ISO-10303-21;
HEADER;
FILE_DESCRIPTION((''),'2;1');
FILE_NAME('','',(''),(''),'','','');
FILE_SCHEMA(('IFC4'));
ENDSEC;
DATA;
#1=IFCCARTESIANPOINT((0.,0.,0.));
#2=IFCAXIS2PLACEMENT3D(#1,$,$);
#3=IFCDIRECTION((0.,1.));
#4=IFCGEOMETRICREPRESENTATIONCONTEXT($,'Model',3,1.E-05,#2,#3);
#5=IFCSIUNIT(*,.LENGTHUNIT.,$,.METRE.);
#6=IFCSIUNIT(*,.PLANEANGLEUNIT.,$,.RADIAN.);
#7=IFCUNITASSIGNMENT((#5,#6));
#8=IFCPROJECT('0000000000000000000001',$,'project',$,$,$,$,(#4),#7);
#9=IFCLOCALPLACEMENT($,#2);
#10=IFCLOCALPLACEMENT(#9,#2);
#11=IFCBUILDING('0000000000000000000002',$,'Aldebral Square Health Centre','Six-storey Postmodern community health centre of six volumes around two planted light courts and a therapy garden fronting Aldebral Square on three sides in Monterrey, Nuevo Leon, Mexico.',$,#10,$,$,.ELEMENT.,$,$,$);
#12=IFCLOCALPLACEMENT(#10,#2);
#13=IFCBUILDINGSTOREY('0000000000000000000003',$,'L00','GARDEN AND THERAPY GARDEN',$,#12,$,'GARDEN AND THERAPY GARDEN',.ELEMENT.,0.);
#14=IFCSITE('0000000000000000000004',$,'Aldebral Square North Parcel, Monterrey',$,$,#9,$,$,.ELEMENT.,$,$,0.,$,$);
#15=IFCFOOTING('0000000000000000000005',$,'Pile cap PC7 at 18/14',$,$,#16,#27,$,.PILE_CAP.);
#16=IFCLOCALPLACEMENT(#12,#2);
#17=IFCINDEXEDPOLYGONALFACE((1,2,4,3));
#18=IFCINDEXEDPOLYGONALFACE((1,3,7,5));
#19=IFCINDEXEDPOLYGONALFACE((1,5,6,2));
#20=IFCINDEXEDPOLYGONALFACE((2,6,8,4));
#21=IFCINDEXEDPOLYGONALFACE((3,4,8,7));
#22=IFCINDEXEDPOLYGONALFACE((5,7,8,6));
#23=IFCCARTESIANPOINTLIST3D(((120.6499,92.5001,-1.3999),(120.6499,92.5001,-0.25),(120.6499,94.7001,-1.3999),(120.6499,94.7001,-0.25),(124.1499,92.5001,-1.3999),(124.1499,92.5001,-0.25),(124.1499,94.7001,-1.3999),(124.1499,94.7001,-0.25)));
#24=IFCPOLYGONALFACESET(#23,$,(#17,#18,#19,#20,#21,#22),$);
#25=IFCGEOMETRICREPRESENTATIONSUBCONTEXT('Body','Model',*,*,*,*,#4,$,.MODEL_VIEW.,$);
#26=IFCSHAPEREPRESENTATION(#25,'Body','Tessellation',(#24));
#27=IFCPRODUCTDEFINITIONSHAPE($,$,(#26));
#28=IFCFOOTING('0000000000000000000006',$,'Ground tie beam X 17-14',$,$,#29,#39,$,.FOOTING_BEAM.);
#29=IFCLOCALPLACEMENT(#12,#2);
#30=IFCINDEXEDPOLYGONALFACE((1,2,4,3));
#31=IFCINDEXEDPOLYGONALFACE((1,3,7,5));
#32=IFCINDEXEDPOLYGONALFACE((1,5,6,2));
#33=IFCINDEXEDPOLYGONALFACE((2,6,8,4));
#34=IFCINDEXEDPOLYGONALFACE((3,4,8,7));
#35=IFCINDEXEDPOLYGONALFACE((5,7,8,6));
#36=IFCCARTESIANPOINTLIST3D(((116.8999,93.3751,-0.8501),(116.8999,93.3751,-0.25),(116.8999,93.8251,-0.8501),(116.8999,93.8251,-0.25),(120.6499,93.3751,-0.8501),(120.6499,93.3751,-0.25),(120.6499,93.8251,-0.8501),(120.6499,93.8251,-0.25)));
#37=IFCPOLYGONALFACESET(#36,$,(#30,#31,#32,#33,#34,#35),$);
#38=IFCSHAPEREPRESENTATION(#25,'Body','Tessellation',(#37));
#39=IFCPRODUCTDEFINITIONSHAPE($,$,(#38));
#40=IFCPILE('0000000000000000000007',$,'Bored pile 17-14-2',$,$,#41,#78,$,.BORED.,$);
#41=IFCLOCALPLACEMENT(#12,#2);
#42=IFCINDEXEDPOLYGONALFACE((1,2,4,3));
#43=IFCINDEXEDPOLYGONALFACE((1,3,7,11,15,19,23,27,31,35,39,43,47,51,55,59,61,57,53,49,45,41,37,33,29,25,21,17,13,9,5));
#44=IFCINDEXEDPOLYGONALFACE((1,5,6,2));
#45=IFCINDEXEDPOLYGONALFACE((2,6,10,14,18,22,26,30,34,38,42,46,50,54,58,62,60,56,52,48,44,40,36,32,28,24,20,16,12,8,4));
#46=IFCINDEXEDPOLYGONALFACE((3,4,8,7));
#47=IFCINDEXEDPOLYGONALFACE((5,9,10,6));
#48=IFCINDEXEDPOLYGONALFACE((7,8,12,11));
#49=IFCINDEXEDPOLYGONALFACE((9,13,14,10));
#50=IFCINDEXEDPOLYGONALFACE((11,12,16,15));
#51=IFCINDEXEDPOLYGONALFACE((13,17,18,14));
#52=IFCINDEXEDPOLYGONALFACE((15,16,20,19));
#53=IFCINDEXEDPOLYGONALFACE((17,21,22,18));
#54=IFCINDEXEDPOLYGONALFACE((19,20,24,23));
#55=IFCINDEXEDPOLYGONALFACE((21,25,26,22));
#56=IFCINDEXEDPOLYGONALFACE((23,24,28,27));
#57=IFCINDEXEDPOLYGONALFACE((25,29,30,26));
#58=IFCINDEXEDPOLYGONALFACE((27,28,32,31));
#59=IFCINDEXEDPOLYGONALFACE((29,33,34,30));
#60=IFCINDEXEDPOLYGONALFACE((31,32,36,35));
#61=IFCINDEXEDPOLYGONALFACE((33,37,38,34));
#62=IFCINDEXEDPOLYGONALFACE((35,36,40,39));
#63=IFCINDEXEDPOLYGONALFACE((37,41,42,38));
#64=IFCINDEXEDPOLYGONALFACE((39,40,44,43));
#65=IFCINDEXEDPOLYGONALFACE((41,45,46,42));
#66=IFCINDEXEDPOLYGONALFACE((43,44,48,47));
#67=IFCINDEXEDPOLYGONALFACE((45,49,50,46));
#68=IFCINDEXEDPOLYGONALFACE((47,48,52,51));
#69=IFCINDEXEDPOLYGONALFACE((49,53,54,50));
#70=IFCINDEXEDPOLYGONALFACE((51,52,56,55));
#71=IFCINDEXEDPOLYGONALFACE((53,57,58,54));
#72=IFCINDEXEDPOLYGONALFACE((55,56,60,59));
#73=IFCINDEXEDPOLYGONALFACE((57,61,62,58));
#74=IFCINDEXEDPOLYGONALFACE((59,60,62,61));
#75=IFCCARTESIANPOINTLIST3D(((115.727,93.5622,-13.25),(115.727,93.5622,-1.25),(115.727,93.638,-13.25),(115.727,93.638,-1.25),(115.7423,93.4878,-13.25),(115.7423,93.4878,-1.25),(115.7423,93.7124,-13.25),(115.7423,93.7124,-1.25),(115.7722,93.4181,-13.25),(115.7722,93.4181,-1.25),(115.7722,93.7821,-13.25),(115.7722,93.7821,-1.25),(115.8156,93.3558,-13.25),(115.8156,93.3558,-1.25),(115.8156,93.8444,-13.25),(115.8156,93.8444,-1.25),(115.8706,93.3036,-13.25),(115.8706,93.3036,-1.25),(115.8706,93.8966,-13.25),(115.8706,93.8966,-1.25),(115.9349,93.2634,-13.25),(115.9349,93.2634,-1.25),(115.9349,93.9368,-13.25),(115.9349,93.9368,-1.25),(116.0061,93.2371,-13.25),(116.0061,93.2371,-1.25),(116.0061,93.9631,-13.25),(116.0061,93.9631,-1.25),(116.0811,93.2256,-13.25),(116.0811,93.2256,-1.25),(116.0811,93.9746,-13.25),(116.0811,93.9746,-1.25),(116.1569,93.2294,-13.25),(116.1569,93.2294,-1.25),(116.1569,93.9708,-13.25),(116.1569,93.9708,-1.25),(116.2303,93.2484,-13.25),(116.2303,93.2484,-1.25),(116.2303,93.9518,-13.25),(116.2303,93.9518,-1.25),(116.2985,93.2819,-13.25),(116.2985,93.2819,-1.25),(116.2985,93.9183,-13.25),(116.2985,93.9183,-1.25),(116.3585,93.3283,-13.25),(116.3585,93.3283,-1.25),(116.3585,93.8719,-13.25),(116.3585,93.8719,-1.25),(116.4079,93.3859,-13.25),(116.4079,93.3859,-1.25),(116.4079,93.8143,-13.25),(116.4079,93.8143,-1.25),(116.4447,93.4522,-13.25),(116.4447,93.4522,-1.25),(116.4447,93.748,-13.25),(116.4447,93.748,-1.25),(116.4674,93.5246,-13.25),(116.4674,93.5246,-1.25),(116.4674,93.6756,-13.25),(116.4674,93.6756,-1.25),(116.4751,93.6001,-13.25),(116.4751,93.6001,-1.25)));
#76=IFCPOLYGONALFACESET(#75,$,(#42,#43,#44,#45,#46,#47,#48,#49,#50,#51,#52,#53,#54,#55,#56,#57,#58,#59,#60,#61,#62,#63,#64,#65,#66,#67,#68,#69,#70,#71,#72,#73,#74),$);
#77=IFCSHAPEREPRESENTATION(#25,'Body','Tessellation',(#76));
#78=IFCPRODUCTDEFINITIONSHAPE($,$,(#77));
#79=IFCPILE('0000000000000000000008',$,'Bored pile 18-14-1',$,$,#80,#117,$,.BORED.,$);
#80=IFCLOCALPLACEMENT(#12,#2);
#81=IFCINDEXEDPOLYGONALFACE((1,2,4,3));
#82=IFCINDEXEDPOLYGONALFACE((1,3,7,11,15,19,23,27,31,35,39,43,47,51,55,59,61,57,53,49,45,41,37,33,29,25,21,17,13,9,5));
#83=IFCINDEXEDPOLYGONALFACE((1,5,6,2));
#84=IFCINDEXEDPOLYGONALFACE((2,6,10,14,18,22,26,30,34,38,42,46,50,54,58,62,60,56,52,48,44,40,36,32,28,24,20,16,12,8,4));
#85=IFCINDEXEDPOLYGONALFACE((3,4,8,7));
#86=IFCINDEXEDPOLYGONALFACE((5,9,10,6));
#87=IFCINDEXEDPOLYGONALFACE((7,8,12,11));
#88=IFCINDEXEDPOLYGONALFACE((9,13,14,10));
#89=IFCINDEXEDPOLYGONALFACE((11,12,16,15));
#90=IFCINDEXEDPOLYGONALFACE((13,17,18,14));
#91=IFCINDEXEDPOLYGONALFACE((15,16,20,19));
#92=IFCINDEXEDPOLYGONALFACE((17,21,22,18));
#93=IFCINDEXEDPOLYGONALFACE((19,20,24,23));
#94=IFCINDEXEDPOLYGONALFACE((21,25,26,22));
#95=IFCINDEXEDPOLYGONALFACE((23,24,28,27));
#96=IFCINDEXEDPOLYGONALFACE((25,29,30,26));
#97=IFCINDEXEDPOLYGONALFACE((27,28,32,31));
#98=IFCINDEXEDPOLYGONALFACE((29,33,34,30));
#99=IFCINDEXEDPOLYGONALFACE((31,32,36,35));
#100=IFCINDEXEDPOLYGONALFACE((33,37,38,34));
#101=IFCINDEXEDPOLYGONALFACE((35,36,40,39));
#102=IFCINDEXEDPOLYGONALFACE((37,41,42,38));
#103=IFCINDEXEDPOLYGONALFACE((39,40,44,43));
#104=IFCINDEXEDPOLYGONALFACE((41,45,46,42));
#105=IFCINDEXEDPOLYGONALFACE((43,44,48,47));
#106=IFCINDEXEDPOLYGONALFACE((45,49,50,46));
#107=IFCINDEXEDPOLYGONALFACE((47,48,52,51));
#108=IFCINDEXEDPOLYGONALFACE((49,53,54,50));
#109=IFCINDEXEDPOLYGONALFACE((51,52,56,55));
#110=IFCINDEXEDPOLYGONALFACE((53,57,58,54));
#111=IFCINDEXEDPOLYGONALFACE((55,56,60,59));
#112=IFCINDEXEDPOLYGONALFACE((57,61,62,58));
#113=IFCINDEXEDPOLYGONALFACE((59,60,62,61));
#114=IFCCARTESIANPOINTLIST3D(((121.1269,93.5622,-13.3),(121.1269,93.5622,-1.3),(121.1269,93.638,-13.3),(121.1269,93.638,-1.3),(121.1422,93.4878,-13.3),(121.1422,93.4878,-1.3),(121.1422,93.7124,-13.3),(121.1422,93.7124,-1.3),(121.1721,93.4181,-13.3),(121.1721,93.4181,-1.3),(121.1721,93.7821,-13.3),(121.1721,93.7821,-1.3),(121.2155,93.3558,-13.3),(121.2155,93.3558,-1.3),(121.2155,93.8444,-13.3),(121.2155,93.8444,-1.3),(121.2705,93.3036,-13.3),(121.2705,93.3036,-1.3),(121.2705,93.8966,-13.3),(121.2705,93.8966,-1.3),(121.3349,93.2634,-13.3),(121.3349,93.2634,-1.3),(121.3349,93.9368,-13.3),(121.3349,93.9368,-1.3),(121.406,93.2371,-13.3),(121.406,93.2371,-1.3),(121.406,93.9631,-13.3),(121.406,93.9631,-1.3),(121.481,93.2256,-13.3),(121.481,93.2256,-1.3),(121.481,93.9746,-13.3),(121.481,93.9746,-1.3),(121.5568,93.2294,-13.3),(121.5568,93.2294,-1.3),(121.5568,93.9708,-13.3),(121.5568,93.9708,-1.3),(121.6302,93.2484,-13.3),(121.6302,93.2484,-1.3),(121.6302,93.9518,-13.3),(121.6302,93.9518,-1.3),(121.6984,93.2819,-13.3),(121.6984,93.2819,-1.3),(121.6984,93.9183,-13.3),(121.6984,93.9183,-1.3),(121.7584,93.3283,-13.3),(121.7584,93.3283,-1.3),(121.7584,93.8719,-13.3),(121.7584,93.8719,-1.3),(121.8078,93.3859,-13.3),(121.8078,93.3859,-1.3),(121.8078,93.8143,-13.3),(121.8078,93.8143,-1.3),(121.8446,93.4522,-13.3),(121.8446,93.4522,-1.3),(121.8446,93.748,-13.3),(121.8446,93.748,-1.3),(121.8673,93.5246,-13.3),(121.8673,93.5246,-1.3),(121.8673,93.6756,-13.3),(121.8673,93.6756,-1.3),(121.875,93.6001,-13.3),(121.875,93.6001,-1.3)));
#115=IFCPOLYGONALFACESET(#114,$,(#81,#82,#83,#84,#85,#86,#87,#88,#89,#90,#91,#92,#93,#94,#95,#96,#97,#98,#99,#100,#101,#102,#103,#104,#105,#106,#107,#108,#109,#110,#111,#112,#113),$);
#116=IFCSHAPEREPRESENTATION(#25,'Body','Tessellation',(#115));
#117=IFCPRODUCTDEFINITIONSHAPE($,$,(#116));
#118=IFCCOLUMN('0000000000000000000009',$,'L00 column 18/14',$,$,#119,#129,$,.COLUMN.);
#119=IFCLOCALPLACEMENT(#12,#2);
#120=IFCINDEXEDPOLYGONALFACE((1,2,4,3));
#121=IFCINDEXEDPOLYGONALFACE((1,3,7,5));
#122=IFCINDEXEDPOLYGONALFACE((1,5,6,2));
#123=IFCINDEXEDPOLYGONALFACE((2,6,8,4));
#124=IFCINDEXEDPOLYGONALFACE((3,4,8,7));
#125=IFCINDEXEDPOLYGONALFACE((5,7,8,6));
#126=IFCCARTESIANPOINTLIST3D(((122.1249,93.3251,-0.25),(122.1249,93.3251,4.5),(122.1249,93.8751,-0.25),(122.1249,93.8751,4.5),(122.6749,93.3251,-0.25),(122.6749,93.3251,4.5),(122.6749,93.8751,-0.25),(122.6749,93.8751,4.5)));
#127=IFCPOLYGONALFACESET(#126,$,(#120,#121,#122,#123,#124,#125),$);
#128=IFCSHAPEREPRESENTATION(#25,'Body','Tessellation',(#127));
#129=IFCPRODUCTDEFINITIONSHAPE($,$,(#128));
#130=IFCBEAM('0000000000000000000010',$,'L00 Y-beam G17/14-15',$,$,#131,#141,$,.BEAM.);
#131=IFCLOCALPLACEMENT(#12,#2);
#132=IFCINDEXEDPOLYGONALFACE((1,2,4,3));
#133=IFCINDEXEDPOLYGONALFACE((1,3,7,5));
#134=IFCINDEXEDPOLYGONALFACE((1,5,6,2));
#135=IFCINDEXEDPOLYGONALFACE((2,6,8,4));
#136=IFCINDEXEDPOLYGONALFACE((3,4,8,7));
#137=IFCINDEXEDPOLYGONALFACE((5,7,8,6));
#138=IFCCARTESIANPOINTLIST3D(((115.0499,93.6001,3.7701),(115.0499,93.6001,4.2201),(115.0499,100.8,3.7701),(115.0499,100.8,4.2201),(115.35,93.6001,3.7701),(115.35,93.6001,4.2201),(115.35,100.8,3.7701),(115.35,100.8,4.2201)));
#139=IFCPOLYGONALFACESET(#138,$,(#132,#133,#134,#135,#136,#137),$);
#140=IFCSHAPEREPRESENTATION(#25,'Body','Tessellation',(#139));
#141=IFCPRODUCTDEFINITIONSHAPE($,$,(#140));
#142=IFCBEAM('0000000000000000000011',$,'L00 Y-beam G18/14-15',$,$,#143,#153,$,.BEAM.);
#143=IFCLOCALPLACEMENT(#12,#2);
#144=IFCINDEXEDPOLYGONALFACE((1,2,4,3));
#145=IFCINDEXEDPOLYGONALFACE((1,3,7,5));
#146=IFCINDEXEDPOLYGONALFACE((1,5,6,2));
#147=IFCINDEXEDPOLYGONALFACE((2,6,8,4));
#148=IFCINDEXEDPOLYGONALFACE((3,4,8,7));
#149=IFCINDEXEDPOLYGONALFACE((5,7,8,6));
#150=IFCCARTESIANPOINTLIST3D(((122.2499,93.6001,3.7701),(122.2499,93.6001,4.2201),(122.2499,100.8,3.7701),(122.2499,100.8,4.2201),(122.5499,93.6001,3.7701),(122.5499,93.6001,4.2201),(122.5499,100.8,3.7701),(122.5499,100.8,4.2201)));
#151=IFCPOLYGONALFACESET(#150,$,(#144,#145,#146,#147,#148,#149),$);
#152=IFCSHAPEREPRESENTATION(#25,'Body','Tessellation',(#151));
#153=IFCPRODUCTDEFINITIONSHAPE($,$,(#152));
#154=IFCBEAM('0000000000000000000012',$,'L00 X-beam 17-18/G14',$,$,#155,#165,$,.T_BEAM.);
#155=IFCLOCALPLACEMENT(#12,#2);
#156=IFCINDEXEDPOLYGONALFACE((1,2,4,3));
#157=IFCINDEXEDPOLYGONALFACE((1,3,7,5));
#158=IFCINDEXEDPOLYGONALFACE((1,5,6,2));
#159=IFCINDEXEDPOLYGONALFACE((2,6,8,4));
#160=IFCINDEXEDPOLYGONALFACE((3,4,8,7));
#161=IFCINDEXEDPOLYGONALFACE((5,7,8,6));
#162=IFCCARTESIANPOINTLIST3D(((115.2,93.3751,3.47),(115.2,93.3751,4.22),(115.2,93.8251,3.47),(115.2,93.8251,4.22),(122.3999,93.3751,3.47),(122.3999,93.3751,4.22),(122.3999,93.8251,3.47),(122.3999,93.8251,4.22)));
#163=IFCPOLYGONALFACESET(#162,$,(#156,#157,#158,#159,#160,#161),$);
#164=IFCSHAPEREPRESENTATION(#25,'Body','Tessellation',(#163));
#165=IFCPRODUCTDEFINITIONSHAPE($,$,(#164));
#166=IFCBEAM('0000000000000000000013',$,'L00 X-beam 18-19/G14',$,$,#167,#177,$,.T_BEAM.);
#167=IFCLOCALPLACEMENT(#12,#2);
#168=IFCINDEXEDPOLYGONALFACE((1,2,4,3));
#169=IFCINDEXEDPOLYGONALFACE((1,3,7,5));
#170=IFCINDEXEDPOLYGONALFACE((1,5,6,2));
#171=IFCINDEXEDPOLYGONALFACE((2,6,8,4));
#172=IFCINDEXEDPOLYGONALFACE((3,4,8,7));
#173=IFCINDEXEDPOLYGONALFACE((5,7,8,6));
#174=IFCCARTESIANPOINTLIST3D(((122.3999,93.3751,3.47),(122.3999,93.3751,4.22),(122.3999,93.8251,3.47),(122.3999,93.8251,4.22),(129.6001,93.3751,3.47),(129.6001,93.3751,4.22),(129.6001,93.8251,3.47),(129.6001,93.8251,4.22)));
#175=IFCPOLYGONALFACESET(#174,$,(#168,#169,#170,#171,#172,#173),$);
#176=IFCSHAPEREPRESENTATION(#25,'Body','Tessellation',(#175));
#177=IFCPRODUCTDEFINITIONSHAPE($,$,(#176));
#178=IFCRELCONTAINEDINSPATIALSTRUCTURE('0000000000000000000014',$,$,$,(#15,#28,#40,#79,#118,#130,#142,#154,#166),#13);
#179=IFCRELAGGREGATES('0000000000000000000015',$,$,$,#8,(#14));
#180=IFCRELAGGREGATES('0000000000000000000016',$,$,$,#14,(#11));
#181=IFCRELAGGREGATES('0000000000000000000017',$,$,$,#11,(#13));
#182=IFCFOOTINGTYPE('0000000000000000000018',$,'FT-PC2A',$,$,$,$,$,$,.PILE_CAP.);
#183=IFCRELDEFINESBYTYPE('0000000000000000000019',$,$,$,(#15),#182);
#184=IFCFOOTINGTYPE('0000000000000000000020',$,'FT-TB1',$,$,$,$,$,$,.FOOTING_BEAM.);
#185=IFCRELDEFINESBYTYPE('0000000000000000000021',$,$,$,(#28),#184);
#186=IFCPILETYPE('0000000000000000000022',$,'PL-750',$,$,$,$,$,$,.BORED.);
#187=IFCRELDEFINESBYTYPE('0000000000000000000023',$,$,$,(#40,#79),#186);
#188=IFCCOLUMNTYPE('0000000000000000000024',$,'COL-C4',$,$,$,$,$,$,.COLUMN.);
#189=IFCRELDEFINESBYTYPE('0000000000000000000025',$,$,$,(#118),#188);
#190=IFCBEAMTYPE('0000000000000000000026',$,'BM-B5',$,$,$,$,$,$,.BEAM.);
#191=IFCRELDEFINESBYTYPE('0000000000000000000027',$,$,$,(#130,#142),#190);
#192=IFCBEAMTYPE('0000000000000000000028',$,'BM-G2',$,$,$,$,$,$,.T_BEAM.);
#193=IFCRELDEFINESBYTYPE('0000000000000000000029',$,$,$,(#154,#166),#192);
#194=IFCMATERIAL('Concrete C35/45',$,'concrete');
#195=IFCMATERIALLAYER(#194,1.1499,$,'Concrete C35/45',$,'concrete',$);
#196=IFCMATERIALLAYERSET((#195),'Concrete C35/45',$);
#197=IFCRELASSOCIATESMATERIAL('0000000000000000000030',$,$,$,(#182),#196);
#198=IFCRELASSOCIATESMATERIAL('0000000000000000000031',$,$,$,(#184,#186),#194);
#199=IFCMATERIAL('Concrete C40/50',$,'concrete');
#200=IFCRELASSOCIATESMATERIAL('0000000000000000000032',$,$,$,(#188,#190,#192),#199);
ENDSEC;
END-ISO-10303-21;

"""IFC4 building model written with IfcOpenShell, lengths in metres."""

from ifc_helpers import new_model, si_unit, direction, frame, origin, origin_2d, place, context, subcontext, project, spatial, rectangle, circle, extrude, material, layer, layer_set, material_profile, profile_set, type_object, element, save


model = new_model("IFC4")

# Units and contexts
model_context = context("Model", 3, precision=1e-05, world=origin(), true_north=direction((0.0, 1.0)))
body_context = subcontext(model_context, "Body", "Model", "MODEL_VIEW")
ifc_project = project(units=[si_unit("LENGTHUNIT", "METRE"), si_unit("PLANEANGLEUNIT", "RADIAN")], contexts=[model_context])

# Site, building, storey
site_placement = place(None, origin())
site = spatial("IfcSite", under=ifc_project, at=site_placement, Name="Aldebral Square North Parcel, Monterrey", CompositionType="ELEMENT", RefElevation=0.0)
building_placement = place(site_placement, origin())
building = spatial("IfcBuilding", under=site, at=building_placement, Name="Aldebral Square Health Centre", Description="Six-storey Postmodern community health centre of six volumes around two planted light courts and a therapy garden fronting Aldebral Square on three sides in Monterrey, Nuevo Leon, Mexico.", CompositionType="ELEMENT")
storey_placement = place(building_placement, origin())
storey = spatial("IfcBuildingStorey", under=building, at=storey_placement, Name="L00", Description="GARDEN AND THERAPY GARDEN", LongName="GARDEN AND THERAPY GARDEN", CompositionType="ELEMENT", Elevation=0.0)

# Footings
ifc_material_1 = material(Name="Concrete C35/45", Category="concrete")
ifc_layer_1 = layer(ifc_material_1, 1.1499, Name="Concrete C35/45", Category="concrete")
ifc_layer_set_1 = layer_set([ifc_layer_1], Name="Concrete C35/45")
footing_type_1 = type_object("IfcFootingType", Name="FT-PC2A", PredefinedType="PILE_CAP", material=ifc_layer_set_1)
footing_1_placement = place(storey_placement, frame((122.3999, 93.6001, -1.3999), z_axis=(0.0, 0.0, 1.0), x_axis=(1.0, 0.0, 0.0)))
element("IfcFooting", 1, at=footing_1_placement, inside=storey, type_object=footing_type_1, Name="Pile cap PC7 at 18/14", PredefinedType="PILE_CAP", context=body_context, shape_type="SweptSolid", body=[
    extrude(rectangle(XDim=3.5, YDim=2.2, at=origin_2d()), origin(), (0.0, 0.0, 1.0), 1.1499),
])
ifc_material_profile_1 = material_profile(ifc_material_1, rectangle(XDim=0.45, YDim=0.6001, at=origin_2d()), Name="RC 450x600")
ifc_profile_set_1 = profile_set([ifc_material_profile_1], Name="Concrete C35/45")
footing_type_2 = type_object("IfcFootingType", Name="FT-TB1", PredefinedType="FOOTING_BEAM", material=ifc_profile_set_1)
footing_2_placement = place(storey_placement, frame((116.8999, 93.6001, -0.55), z_axis=(1.0, 0.0, 0.0), x_axis=(0.0, 1.0, 0.0)))
element("IfcFooting", 2, at=footing_2_placement, inside=storey, type_object=footing_type_2, Name="Ground tie beam X 17-14", PredefinedType="FOOTING_BEAM", context=body_context, shape_type="SweptSolid", body=[
    extrude(rectangle(XDim=0.45, YDim=0.6001, at=origin_2d()), origin(), (0.0, 0.0, 1.0), 3.75),
])

# Piles
ifc_material_profile_2 = material_profile(ifc_material_1, circle(Radius=0.375, at=origin_2d()), Name="PILE D750")
ifc_profile_set_2 = profile_set([ifc_material_profile_2], Name="Concrete C35/45")
pile_type = type_object("IfcPileType", Name="PL-750", PredefinedType="BORED", material=ifc_profile_set_2)
for number, where, z_axis, x_axis, name in (
    (3, (116.1001, 93.6001, -1.25), (0.0, 0.0, -1.0), (1.0, 0.0, 0.0), "Bored pile 17-14-2"),
    (4, (121.5, 93.6001, -1.3), (0.0, 0.0, -1.0), (1.0, 0.0, 0.0), "Bored pile 18-14-1"),
):
    element("IfcPile", number, at=place(storey_placement, frame(where, z_axis=z_axis, x_axis=x_axis)), inside=storey, type_object=pile_type, Name=name, PredefinedType="BORED", context=body_context, shape_type="SweptSolid", body=[
        extrude(circle(Radius=0.375, at=origin_2d()), origin(), (0.0, 0.0, 1.0), 12.0),
    ])

# Column
ifc_material_2 = material(Name="Concrete C40/50", Category="concrete")
ifc_material_profile_3 = material_profile(ifc_material_2, rectangle(XDim=0.55, YDim=0.55, at=origin_2d()), Name="RC 550x550")
ifc_profile_set_3 = profile_set([ifc_material_profile_3], Name="Concrete C40/50")
column_type = type_object("IfcColumnType", Name="COL-C4", PredefinedType="COLUMN", material=ifc_profile_set_3)
column_placement = place(storey_placement, frame((122.3999, 93.6001, -0.25), z_axis=(0.0, 0.0, 1.0), x_axis=(1.0, 0.0, 0.0)))
element("IfcColumn", 5, at=column_placement, inside=storey, type_object=column_type, Name="L00 column 18/14", PredefinedType="COLUMN", context=body_context, shape_type="SweptSolid", body=[
    extrude(rectangle(XDim=0.55, YDim=0.55, at=origin_2d()), origin(), (0.0, 0.0, 1.0), 4.75),
])

# Beams
ifc_material_profile_4 = material_profile(ifc_material_2, rectangle(XDim=0.3, YDim=0.45, at=origin_2d()), Name="RC 300x450")
ifc_profile_set_4 = profile_set([ifc_material_profile_4], Name="Concrete C40/50")
beam_type_1 = type_object("IfcBeamType", Name="BM-B5", PredefinedType="BEAM", material=ifc_profile_set_4)
for number, where, z_axis, x_axis, name in (
    (6, (115.2, 93.6001, 3.9951), (0.0, 1.0, 0.0), (-1.0, 0.0, 0.0), "L00 Y-beam G17/14-15"),
    (7, (122.3999, 93.6001, 3.9951), (0.0, 1.0, 0.0), (-1.0, 0.0, 0.0), "L00 Y-beam G18/14-15"),
):
    element("IfcBeam", number, at=place(storey_placement, frame(where, z_axis=z_axis, x_axis=x_axis)), inside=storey, type_object=beam_type_1, Name=name, PredefinedType="BEAM", context=body_context, shape_type="SweptSolid", body=[
        extrude(rectangle(XDim=0.3, YDim=0.45, at=origin_2d()), origin(), (0.0, 0.0, 1.0), 7.2),
    ])
ifc_material_profile_5 = material_profile(ifc_material_2, rectangle(XDim=0.45, YDim=0.75, at=origin_2d()), Name="RC 450x750")
ifc_profile_set_5 = profile_set([ifc_material_profile_5], Name="Concrete C40/50")
beam_type_2 = type_object("IfcBeamType", Name="BM-G2", PredefinedType="T_BEAM", material=ifc_profile_set_5)
beam_1_placement = place(storey_placement, frame((115.2, 93.6001, 3.845), z_axis=(1.0, 0.0, 0.0), x_axis=(0.0, 1.0, 0.0)))
element("IfcBeam", 8, at=beam_1_placement, inside=storey, type_object=beam_type_2, Name="L00 X-beam 17-18/G14", PredefinedType="T_BEAM", context=body_context, shape_type="SweptSolid", body=[
    extrude(rectangle(XDim=0.45, YDim=0.75, at=origin_2d()), origin(), (0.0, 0.0, 1.0), 7.2),
])
beam_2_placement = place(storey_placement, frame((122.3999, 93.6001, 3.845), z_axis=(1.0, 0.0, 0.0), x_axis=(0.0, 1.0, 0.0)))
element("IfcBeam", 9, at=beam_2_placement, inside=storey, type_object=beam_type_2, Name="L00 X-beam 18-19/G14", PredefinedType="T_BEAM", context=body_context, shape_type="SweptSolid", body=[
    extrude(rectangle(XDim=0.45, YDim=0.75, at=origin_2d()), origin(), (0.0, 0.0, 1.0), 7.2002),
])

save(model, "model.ifc")
